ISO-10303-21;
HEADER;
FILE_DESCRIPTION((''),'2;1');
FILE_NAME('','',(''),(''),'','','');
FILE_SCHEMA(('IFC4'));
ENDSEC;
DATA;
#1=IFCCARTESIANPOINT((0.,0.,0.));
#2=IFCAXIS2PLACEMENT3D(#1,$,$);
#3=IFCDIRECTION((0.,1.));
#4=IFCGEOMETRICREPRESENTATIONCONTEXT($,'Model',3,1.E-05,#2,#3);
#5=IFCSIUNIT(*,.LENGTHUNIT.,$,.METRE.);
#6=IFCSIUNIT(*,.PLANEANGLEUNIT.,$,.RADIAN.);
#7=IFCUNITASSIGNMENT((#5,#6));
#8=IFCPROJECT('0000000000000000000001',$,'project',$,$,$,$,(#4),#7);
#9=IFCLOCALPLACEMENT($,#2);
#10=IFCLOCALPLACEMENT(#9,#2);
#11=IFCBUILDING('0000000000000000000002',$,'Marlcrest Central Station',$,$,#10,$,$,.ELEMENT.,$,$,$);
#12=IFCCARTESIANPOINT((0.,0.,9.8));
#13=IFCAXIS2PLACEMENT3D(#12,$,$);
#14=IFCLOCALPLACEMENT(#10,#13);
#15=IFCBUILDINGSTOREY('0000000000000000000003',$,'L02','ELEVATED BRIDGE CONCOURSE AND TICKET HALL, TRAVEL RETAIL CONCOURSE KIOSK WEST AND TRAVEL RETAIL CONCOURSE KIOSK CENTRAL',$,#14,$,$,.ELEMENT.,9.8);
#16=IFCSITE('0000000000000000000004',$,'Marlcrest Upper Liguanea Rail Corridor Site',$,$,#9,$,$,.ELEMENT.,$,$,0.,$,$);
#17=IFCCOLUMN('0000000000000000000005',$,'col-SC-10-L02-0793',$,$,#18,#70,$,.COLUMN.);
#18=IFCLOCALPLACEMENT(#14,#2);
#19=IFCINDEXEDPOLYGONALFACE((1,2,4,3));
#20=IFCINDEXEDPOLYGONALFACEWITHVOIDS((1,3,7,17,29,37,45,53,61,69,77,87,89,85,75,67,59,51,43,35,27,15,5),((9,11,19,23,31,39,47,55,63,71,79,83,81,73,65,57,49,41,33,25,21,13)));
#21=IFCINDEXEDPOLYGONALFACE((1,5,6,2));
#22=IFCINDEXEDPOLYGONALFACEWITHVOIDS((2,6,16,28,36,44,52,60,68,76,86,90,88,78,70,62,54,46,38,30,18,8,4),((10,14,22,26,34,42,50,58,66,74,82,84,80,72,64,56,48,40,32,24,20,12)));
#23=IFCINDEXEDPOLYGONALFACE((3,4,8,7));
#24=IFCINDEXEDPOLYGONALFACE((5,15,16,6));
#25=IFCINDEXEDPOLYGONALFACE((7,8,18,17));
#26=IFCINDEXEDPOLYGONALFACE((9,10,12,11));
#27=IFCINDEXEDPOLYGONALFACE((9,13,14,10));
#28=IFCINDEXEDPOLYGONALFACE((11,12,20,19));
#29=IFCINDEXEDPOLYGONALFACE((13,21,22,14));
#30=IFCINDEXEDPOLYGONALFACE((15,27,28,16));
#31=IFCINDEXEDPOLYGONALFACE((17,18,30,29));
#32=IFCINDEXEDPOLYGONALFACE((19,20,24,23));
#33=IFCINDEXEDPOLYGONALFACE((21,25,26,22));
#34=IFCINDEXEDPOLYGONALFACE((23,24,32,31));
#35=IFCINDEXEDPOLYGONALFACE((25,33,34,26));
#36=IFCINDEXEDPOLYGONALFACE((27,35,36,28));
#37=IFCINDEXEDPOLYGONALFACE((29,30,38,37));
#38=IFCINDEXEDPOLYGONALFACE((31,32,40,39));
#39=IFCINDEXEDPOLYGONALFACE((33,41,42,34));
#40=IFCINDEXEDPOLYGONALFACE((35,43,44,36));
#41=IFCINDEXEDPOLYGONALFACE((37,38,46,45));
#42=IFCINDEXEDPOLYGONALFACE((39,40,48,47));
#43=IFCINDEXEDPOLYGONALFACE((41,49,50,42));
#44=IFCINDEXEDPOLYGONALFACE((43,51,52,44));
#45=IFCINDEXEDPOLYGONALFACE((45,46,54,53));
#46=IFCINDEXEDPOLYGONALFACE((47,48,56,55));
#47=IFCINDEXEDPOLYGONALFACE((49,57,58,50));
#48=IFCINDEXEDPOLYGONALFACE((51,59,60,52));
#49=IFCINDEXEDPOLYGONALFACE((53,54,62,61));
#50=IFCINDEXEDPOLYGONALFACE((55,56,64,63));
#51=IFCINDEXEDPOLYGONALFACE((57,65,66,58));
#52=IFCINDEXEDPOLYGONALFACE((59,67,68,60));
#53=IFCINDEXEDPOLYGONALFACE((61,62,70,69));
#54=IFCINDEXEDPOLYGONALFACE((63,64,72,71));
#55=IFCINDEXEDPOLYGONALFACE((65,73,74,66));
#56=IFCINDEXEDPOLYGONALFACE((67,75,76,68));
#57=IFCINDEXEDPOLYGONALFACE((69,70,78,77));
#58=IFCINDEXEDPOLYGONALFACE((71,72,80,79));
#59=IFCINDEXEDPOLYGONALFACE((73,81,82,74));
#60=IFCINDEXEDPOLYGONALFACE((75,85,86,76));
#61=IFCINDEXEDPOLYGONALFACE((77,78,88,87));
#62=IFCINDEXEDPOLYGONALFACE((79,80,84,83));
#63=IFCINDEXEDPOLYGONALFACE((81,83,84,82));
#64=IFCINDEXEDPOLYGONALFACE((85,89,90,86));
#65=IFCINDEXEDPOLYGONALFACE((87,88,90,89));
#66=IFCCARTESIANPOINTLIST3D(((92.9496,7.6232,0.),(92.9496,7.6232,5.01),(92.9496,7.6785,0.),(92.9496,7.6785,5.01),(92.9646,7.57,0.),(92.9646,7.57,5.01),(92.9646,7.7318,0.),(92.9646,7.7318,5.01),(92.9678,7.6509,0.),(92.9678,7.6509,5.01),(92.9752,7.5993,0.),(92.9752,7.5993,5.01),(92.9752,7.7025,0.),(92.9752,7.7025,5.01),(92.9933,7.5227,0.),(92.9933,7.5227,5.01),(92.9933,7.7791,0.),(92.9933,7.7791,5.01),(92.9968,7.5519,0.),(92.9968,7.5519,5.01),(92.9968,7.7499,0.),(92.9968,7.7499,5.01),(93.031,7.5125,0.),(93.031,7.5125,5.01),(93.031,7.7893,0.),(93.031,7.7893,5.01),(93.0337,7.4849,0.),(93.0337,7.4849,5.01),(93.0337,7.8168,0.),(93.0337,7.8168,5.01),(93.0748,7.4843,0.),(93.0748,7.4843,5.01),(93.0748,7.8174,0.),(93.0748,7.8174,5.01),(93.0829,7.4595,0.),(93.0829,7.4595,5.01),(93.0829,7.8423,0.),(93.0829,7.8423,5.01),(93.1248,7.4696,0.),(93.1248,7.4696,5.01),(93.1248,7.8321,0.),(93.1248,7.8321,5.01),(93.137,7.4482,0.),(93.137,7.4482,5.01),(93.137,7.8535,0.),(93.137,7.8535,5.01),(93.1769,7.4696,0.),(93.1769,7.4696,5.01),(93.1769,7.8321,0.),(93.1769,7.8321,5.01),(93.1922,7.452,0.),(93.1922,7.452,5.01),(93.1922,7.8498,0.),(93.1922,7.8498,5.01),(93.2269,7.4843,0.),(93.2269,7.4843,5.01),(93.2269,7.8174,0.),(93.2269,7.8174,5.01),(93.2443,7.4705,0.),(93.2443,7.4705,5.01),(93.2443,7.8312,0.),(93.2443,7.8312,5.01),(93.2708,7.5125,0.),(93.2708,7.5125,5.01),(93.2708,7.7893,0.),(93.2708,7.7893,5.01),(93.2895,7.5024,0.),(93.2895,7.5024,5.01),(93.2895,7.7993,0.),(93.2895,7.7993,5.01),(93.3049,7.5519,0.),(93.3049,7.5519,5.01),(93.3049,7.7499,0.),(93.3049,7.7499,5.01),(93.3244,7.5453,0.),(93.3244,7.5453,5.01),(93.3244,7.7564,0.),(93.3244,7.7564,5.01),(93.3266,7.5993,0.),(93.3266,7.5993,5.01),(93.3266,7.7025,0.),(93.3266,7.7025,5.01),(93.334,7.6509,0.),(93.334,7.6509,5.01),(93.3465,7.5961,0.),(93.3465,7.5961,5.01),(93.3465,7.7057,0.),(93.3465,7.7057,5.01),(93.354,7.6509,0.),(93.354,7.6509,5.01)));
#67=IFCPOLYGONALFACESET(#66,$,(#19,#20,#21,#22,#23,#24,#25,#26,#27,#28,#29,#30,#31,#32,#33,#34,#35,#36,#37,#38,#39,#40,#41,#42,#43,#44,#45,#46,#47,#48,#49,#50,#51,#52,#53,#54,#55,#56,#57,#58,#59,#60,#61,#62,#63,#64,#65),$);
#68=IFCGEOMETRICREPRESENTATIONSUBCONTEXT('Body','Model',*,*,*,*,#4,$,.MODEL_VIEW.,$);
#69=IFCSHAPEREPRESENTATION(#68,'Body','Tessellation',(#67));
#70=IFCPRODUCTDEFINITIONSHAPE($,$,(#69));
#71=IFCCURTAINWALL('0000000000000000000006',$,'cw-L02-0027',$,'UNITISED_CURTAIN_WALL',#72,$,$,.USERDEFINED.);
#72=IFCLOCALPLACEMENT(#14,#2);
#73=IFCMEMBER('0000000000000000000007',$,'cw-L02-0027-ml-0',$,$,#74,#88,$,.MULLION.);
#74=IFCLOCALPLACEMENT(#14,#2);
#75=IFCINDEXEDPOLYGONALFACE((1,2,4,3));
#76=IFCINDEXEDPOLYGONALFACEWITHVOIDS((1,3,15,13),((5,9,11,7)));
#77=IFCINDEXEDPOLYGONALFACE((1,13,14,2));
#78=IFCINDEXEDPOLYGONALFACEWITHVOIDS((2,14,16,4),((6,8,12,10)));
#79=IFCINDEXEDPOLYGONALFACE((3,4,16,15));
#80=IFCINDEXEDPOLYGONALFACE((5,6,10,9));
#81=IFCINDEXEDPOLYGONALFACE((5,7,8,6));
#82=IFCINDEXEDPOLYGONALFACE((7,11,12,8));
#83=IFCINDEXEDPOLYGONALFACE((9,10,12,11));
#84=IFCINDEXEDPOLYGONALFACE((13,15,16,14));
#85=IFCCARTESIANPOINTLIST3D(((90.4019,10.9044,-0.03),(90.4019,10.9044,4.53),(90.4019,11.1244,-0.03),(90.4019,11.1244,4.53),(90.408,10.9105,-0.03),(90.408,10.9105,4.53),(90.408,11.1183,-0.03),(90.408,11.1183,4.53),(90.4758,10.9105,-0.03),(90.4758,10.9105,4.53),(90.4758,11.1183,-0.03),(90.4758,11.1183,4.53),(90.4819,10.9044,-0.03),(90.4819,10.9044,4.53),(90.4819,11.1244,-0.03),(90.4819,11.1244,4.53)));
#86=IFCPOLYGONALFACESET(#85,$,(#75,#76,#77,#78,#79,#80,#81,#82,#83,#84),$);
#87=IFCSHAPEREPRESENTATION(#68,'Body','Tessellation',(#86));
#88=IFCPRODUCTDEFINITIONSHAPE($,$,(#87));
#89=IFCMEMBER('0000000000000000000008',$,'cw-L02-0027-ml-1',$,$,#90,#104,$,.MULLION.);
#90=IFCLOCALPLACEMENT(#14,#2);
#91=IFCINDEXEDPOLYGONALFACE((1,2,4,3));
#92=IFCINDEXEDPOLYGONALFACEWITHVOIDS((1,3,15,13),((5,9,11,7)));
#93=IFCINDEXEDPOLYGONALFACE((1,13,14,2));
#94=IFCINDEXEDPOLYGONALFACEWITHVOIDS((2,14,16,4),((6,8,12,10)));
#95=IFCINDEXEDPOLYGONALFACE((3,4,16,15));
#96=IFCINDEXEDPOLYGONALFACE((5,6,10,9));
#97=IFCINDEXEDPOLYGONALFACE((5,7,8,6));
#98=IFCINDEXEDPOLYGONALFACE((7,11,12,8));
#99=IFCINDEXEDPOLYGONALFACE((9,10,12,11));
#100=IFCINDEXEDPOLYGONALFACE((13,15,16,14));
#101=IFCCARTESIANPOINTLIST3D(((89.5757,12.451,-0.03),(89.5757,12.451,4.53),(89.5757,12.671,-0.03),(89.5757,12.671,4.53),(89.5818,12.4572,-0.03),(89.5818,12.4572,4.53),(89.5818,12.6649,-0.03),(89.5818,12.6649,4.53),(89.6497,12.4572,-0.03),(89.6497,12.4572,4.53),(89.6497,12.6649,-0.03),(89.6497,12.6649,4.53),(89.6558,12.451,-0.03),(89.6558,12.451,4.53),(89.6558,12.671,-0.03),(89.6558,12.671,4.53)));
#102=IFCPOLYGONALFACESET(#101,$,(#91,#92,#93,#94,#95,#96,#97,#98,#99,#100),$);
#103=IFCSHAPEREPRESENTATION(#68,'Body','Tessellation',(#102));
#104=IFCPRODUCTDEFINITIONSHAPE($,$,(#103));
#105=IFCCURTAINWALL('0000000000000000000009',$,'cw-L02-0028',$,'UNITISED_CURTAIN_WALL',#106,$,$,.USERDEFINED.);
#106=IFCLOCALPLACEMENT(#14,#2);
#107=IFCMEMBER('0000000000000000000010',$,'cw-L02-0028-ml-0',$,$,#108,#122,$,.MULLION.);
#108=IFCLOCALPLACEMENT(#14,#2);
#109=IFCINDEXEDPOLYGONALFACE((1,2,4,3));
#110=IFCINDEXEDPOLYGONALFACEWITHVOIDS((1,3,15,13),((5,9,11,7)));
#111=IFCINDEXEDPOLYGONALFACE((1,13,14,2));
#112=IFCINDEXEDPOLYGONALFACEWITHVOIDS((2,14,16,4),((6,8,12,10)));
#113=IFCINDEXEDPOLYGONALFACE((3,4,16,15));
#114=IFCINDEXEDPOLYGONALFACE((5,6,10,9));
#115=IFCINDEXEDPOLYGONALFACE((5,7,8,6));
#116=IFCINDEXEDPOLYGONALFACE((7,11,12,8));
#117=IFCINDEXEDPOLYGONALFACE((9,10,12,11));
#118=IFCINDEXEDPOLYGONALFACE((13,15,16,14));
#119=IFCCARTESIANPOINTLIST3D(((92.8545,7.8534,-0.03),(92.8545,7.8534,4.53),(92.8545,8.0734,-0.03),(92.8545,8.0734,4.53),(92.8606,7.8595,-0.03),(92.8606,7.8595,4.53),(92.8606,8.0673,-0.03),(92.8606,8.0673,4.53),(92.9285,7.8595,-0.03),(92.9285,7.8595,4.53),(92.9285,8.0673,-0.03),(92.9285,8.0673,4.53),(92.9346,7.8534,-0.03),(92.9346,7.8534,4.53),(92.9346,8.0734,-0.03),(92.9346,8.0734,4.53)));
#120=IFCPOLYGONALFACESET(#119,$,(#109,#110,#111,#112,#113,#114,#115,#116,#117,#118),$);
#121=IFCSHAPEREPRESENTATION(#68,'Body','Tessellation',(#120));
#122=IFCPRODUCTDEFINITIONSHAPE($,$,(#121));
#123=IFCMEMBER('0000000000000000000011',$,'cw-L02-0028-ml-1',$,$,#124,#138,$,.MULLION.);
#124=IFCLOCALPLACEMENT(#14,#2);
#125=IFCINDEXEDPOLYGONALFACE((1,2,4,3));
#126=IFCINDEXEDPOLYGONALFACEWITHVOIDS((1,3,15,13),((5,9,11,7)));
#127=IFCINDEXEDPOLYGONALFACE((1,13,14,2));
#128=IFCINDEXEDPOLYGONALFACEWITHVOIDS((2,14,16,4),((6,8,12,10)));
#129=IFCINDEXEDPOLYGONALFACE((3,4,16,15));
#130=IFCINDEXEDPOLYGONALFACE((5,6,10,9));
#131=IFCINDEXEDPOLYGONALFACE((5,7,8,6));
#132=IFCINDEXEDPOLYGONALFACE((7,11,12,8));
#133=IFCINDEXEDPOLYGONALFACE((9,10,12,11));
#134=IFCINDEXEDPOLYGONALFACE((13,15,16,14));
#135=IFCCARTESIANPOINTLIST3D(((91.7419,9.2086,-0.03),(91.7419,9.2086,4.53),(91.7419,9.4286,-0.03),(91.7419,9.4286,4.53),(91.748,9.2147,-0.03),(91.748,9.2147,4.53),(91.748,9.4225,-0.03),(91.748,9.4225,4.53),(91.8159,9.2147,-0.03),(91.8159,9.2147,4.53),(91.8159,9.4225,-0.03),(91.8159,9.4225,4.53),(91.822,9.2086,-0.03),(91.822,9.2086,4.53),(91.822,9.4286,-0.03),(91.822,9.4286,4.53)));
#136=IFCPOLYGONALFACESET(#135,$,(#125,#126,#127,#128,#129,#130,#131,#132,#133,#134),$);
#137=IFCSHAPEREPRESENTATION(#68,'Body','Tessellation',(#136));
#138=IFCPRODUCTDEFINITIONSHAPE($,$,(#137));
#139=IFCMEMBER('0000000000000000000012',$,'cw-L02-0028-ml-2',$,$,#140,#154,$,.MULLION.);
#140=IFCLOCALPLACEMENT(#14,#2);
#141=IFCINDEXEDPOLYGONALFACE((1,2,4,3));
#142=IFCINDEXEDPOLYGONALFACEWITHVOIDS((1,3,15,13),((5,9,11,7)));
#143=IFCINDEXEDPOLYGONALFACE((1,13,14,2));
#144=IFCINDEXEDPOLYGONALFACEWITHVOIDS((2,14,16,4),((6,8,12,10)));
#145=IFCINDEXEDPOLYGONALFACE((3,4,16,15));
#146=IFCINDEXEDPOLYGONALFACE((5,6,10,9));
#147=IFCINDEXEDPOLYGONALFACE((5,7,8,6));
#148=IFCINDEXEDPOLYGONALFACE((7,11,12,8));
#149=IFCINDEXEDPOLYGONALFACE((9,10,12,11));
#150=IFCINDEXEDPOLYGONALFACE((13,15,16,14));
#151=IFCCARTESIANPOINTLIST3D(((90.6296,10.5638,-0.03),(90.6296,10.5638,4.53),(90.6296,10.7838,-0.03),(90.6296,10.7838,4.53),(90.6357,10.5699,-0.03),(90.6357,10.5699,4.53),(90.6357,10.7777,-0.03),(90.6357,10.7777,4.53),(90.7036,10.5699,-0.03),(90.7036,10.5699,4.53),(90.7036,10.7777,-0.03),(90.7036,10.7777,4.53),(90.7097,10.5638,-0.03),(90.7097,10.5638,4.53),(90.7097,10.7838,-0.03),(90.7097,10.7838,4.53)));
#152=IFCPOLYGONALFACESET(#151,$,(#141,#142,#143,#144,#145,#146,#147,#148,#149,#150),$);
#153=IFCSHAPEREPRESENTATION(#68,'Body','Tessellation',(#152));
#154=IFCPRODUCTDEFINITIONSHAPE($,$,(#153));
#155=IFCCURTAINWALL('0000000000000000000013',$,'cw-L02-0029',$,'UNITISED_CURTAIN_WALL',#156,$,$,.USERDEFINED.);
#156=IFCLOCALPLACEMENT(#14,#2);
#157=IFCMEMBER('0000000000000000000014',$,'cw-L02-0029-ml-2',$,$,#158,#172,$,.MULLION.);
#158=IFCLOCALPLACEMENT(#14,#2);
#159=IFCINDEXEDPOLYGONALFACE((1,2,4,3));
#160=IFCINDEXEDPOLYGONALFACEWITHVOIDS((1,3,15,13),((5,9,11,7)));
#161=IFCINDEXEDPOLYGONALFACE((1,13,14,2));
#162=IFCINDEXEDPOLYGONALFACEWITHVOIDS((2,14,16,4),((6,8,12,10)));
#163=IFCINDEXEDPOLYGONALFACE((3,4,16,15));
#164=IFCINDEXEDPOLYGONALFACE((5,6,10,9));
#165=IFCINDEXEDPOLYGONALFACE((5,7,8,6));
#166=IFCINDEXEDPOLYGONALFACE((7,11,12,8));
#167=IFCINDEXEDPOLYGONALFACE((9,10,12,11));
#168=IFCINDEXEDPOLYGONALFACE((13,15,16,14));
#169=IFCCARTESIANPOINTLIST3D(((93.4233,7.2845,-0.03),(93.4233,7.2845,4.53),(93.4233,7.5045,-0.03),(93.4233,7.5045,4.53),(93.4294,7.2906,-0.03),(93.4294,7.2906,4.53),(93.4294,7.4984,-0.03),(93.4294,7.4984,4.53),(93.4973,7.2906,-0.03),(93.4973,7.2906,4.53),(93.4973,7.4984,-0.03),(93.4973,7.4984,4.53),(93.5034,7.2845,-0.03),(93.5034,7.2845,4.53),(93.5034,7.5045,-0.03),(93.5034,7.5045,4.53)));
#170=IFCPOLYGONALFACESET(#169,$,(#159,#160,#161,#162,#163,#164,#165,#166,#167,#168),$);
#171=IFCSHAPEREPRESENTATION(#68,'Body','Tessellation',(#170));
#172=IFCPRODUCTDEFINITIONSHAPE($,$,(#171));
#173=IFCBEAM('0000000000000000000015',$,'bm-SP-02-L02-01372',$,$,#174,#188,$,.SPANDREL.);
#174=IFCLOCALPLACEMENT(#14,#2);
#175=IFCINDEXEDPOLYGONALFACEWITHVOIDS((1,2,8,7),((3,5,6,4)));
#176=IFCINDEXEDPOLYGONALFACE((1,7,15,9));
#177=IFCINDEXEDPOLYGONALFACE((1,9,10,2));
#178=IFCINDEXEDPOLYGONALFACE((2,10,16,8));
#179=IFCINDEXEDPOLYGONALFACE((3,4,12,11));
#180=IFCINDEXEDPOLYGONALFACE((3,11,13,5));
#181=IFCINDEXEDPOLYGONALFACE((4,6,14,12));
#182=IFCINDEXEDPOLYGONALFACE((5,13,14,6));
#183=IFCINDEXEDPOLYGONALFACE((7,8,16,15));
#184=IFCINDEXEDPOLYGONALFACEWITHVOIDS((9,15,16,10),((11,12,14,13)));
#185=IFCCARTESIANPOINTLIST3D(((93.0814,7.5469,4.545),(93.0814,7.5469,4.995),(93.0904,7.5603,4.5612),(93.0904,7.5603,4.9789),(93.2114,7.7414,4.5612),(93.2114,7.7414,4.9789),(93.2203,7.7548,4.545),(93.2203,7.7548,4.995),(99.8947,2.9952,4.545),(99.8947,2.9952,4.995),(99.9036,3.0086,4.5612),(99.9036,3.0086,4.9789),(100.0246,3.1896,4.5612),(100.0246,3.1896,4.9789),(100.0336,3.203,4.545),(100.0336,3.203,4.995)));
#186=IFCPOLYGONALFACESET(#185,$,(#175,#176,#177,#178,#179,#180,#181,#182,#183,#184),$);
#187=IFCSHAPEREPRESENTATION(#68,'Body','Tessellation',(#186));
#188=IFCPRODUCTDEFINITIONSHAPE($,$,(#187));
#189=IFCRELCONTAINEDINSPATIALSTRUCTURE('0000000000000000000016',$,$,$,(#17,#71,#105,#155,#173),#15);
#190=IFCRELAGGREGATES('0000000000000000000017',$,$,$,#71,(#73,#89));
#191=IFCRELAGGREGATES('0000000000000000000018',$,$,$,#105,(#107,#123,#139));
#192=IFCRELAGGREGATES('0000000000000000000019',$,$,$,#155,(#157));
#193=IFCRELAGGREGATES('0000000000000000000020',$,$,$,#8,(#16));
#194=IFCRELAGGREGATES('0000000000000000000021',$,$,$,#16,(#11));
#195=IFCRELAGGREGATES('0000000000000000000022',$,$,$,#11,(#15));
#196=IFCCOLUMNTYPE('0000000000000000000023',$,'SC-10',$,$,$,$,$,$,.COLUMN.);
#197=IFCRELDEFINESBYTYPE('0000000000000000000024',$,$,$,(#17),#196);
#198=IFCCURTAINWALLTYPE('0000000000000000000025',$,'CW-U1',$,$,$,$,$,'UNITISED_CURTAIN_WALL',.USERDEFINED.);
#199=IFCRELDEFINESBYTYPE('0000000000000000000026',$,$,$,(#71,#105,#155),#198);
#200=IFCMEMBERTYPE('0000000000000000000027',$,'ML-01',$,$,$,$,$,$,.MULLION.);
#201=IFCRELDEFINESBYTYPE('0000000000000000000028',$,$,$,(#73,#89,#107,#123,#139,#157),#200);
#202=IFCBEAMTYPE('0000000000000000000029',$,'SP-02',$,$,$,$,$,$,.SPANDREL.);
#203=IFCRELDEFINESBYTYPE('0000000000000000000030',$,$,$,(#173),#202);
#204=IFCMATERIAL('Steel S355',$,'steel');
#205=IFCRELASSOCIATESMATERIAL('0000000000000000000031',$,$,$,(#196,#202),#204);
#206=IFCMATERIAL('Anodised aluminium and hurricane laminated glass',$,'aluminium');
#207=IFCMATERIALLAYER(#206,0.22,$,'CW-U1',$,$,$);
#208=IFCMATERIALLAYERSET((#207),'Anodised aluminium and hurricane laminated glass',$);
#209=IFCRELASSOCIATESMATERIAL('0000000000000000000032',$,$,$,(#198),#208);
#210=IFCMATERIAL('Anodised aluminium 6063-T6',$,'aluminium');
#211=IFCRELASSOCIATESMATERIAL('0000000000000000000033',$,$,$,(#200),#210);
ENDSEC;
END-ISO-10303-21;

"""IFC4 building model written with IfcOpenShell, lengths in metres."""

from ifc_helpers import new_model, si_unit, direction, frame, origin, origin_2d, place, context, subcontext, project, spatial, hollow_rectangle, hollow_circle, extrude, material, layer, layer_set, material_profile, profile_set, type_object, element, aggregate, save


model = new_model("IFC4")

# Units and contexts
model_context = context("Model", 3, precision=1e-05, world=origin(), true_north=direction((0.0, 1.0)))
body_context = subcontext(model_context, "Body", "Model", "MODEL_VIEW")
ifc_project = project(units=[si_unit("LENGTHUNIT", "METRE"), si_unit("PLANEANGLEUNIT", "RADIAN")], contexts=[model_context])

# Site, building, storey
site_placement = place(None, origin())
site = spatial("IfcSite", under=ifc_project, at=site_placement, Name="Marlcrest Upper Liguanea Rail Corridor Site", CompositionType="ELEMENT", RefElevation=0.0)
building_placement = place(site_placement, origin())
building = spatial("IfcBuilding", under=site, at=building_placement, Name="Marlcrest Central Station", CompositionType="ELEMENT")
storey_placement = place(building_placement, frame((0.0, 0.0, 9.8)))
storey = spatial("IfcBuildingStorey", under=building, at=storey_placement, Name="L02", Description="ELEVATED BRIDGE CONCOURSE AND TICKET HALL, TRAVEL RETAIL CONCOURSE KIOSK WEST AND TRAVEL RETAIL CONCOURSE KIOSK CENTRAL", CompositionType="ELEMENT", Elevation=9.8)

# Column
ifc_material_1 = material(Name="Steel S355", Category="steel")
ifc_material_profile_1 = material_profile(ifc_material_1, hollow_circle(Radius=0.2031, WallThickness=0.02, at=origin_2d()), Name="CHS 406.4x20")
ifc_profile_set_1 = profile_set([ifc_material_profile_1], Name="Steel S355")
column_type = type_object("IfcColumnType", Name="SC-10", PredefinedType="COLUMN", material=ifc_profile_set_1)
column_placement = place(storey_placement, frame((93.1509, 7.6509, 0.0), z_axis=(0.0, 0.0, 1.0), x_axis=(1.0, 0.0, 0.0)))
element("IfcColumn", 1, at=column_placement, inside=storey, type_object=column_type, Name="col-SC-10-L02-0793", PredefinedType="COLUMN", context=body_context, shape_type="SweptSolid", body=[
    extrude(hollow_circle(Radius=0.2031, WallThickness=0.02, at=origin_2d()), origin(), (0.0, 0.0, 1.0), 5.01),
])

# Curtain walls, members
ifc_material_2 = material(Name="Anodised aluminium and hurricane laminated glass", Category="aluminium")
ifc_layer_1 = layer(ifc_material_2, 0.22, Name="CW-U1")
ifc_layer_set_1 = layer_set([ifc_layer_1], Name="Anodised aluminium and hurricane laminated glass")
curtain_wall_type = type_object("IfcCurtainWallType", Name="CW-U1", ElementType="UNITISED_CURTAIN_WALL", PredefinedType="USERDEFINED", material=ifc_layer_set_1)
curtain_wall_1_placement = place(storey_placement, origin())
curtain_wall_1 = element("IfcCurtainWall", 2, at=curtain_wall_1_placement, inside=storey, type_object=curtain_wall_type, Name="cw-L02-0027", ObjectType="UNITISED_CURTAIN_WALL", PredefinedType="USERDEFINED")
ifc_material_3 = material(Name="Anodised aluminium 6063-T6", Category="aluminium")
ifc_material_profile_2 = material_profile(ifc_material_3, hollow_rectangle(XDim=0.0801, YDim=0.22, WallThickness=0.0061, at=origin_2d()), Name="AA-RHS 220x80x6")
ifc_profile_set_2 = profile_set([ifc_material_profile_2], Name="Anodised aluminium 6063-T6")
member_type_1 = type_object("IfcMemberType", Name="ML-01", PredefinedType="MULLION", material=ifc_profile_set_2)
member_1_placement = place(storey_placement, frame((90.4419, 11.0144, -0.03), z_axis=(0.0, 0.0, 1.0), x_axis=(1.0, 0.0, 0.0)))
member_1 = element("IfcMember", 3, at=member_1_placement, type_object=member_type_1, Name="cw-L02-0027-ml-0", PredefinedType="MULLION", context=body_context, shape_type="SweptSolid", body=[
    extrude(hollow_rectangle(XDim=0.0801, YDim=0.22, WallThickness=0.0061, at=origin_2d()), origin(), (0.0, 0.0, 1.0), 4.5601),
])
member_2_placement = place(storey_placement, frame((89.6157, 12.561, -0.03), z_axis=(0.0, 0.0, 1.0), x_axis=(1.0, 0.0, 0.0)))
member_2 = element("IfcMember", 4, at=member_2_placement, type_object=member_type_1, Name="cw-L02-0027-ml-1", PredefinedType="MULLION", context=body_context, shape_type="SweptSolid", body=[
    extrude(hollow_rectangle(XDim=0.0801, YDim=0.22, WallThickness=0.0061, at=origin_2d()), origin(), (0.0, 0.0, 1.0), 4.5601),
])
curtain_wall_2_placement = place(storey_placement, origin())
curtain_wall_2 = element("IfcCurtainWall", 5, at=curtain_wall_2_placement, inside=storey, type_object=curtain_wall_type, Name="cw-L02-0028", ObjectType="UNITISED_CURTAIN_WALL", PredefinedType="USERDEFINED")
member_3_placement = place(storey_placement, frame((92.8945, 7.9634, -0.03), z_axis=(0.0, 0.0, 1.0), x_axis=(1.0, 0.0, 0.0)))
member_3 = element("IfcMember", 6, at=member_3_placement, type_object=member_type_1, Name="cw-L02-0028-ml-0", PredefinedType="MULLION", context=body_context, shape_type="SweptSolid", body=[
    extrude(hollow_rectangle(XDim=0.0801, YDim=0.22, WallThickness=0.0061, at=origin_2d()), origin(), (0.0, 0.0, 1.0), 4.5601),
])
member_4_placement = place(storey_placement, frame((91.782, 9.3186, -0.03), z_axis=(0.0, 0.0, 1.0), x_axis=(1.0, 0.0, 0.0)))
member_4 = element("IfcMember", 7, at=member_4_placement, type_object=member_type_1, Name="cw-L02-0028-ml-1", PredefinedType="MULLION", context=body_context, shape_type="SweptSolid", body=[
    extrude(hollow_rectangle(XDim=0.0801, YDim=0.22, WallThickness=0.0061, at=origin_2d()), origin(), (0.0, 0.0, 1.0), 4.5601),
])
member_5_placement = place(storey_placement, frame((90.6697, 10.6738, -0.03), z_axis=(0.0, 0.0, 1.0), x_axis=(1.0, 0.0, 0.0)))
member_5 = element("IfcMember", 8, at=member_5_placement, type_object=member_type_1, Name="cw-L02-0028-ml-2", PredefinedType="MULLION", context=body_context, shape_type="SweptSolid", body=[
    extrude(hollow_rectangle(XDim=0.0801, YDim=0.22, WallThickness=0.0061, at=origin_2d()), origin(), (0.0, 0.0, 1.0), 4.5601),
])

# Curtain wall, member
curtain_wall_3_placement = place(storey_placement, origin())
curtain_wall_3 = element("IfcCurtainWall", 9, at=curtain_wall_3_placement, inside=storey, type_object=curtain_wall_type, Name="cw-L02-0029", ObjectType="UNITISED_CURTAIN_WALL", PredefinedType="USERDEFINED")
member_6_placement = place(storey_placement, frame((93.4634, 7.3945, -0.03), z_axis=(0.0, 0.0, 1.0), x_axis=(1.0, 0.0, 0.0)))
member_6 = element("IfcMember", 10, at=member_6_placement, type_object=member_type_1, Name="cw-L02-0029-ml-2", PredefinedType="MULLION", context=body_context, shape_type="SweptSolid", body=[
    extrude(hollow_rectangle(XDim=0.0801, YDim=0.22, WallThickness=0.0061, at=origin_2d()), origin(), (0.0, 0.0, 1.0), 4.5601),
])

# Beam
ifc_material_profile_3 = material_profile(ifc_material_1, hollow_rectangle(XDim=0.25, YDim=0.45, WallThickness=0.0161, at=origin_2d()), Name="RHS 450x250x16")
ifc_profile_set_3 = profile_set([ifc_material_profile_3], Name="Steel S355")
beam_type = type_object("IfcBeamType", Name="SP-02", PredefinedType="SPANDREL", material=ifc_profile_set_3)
beam_placement = place(storey_placement, frame((93.1509, 7.6509, 4.77), z_axis=(0.831509, -0.555511, 0.0), x_axis=(0.555511, 0.831509, 0.0)))
element("IfcBeam", 11, at=beam_placement, inside=storey, type_object=beam_type, Name="bm-SP-02-L02-01372", PredefinedType="SPANDREL", context=body_context, shape_type="SweptSolid", body=[
    extrude(hollow_rectangle(XDim=0.25, YDim=0.45, WallThickness=0.0161, at=origin_2d()), origin(), (0.0, 0.0, 1.0), 8.1938),
])

aggregate(curtain_wall_1, [member_1, member_2])
aggregate(curtain_wall_2, [member_3, member_4, member_5])
aggregate(curtain_wall_3, [member_6])

save(model, "model.ifc")
